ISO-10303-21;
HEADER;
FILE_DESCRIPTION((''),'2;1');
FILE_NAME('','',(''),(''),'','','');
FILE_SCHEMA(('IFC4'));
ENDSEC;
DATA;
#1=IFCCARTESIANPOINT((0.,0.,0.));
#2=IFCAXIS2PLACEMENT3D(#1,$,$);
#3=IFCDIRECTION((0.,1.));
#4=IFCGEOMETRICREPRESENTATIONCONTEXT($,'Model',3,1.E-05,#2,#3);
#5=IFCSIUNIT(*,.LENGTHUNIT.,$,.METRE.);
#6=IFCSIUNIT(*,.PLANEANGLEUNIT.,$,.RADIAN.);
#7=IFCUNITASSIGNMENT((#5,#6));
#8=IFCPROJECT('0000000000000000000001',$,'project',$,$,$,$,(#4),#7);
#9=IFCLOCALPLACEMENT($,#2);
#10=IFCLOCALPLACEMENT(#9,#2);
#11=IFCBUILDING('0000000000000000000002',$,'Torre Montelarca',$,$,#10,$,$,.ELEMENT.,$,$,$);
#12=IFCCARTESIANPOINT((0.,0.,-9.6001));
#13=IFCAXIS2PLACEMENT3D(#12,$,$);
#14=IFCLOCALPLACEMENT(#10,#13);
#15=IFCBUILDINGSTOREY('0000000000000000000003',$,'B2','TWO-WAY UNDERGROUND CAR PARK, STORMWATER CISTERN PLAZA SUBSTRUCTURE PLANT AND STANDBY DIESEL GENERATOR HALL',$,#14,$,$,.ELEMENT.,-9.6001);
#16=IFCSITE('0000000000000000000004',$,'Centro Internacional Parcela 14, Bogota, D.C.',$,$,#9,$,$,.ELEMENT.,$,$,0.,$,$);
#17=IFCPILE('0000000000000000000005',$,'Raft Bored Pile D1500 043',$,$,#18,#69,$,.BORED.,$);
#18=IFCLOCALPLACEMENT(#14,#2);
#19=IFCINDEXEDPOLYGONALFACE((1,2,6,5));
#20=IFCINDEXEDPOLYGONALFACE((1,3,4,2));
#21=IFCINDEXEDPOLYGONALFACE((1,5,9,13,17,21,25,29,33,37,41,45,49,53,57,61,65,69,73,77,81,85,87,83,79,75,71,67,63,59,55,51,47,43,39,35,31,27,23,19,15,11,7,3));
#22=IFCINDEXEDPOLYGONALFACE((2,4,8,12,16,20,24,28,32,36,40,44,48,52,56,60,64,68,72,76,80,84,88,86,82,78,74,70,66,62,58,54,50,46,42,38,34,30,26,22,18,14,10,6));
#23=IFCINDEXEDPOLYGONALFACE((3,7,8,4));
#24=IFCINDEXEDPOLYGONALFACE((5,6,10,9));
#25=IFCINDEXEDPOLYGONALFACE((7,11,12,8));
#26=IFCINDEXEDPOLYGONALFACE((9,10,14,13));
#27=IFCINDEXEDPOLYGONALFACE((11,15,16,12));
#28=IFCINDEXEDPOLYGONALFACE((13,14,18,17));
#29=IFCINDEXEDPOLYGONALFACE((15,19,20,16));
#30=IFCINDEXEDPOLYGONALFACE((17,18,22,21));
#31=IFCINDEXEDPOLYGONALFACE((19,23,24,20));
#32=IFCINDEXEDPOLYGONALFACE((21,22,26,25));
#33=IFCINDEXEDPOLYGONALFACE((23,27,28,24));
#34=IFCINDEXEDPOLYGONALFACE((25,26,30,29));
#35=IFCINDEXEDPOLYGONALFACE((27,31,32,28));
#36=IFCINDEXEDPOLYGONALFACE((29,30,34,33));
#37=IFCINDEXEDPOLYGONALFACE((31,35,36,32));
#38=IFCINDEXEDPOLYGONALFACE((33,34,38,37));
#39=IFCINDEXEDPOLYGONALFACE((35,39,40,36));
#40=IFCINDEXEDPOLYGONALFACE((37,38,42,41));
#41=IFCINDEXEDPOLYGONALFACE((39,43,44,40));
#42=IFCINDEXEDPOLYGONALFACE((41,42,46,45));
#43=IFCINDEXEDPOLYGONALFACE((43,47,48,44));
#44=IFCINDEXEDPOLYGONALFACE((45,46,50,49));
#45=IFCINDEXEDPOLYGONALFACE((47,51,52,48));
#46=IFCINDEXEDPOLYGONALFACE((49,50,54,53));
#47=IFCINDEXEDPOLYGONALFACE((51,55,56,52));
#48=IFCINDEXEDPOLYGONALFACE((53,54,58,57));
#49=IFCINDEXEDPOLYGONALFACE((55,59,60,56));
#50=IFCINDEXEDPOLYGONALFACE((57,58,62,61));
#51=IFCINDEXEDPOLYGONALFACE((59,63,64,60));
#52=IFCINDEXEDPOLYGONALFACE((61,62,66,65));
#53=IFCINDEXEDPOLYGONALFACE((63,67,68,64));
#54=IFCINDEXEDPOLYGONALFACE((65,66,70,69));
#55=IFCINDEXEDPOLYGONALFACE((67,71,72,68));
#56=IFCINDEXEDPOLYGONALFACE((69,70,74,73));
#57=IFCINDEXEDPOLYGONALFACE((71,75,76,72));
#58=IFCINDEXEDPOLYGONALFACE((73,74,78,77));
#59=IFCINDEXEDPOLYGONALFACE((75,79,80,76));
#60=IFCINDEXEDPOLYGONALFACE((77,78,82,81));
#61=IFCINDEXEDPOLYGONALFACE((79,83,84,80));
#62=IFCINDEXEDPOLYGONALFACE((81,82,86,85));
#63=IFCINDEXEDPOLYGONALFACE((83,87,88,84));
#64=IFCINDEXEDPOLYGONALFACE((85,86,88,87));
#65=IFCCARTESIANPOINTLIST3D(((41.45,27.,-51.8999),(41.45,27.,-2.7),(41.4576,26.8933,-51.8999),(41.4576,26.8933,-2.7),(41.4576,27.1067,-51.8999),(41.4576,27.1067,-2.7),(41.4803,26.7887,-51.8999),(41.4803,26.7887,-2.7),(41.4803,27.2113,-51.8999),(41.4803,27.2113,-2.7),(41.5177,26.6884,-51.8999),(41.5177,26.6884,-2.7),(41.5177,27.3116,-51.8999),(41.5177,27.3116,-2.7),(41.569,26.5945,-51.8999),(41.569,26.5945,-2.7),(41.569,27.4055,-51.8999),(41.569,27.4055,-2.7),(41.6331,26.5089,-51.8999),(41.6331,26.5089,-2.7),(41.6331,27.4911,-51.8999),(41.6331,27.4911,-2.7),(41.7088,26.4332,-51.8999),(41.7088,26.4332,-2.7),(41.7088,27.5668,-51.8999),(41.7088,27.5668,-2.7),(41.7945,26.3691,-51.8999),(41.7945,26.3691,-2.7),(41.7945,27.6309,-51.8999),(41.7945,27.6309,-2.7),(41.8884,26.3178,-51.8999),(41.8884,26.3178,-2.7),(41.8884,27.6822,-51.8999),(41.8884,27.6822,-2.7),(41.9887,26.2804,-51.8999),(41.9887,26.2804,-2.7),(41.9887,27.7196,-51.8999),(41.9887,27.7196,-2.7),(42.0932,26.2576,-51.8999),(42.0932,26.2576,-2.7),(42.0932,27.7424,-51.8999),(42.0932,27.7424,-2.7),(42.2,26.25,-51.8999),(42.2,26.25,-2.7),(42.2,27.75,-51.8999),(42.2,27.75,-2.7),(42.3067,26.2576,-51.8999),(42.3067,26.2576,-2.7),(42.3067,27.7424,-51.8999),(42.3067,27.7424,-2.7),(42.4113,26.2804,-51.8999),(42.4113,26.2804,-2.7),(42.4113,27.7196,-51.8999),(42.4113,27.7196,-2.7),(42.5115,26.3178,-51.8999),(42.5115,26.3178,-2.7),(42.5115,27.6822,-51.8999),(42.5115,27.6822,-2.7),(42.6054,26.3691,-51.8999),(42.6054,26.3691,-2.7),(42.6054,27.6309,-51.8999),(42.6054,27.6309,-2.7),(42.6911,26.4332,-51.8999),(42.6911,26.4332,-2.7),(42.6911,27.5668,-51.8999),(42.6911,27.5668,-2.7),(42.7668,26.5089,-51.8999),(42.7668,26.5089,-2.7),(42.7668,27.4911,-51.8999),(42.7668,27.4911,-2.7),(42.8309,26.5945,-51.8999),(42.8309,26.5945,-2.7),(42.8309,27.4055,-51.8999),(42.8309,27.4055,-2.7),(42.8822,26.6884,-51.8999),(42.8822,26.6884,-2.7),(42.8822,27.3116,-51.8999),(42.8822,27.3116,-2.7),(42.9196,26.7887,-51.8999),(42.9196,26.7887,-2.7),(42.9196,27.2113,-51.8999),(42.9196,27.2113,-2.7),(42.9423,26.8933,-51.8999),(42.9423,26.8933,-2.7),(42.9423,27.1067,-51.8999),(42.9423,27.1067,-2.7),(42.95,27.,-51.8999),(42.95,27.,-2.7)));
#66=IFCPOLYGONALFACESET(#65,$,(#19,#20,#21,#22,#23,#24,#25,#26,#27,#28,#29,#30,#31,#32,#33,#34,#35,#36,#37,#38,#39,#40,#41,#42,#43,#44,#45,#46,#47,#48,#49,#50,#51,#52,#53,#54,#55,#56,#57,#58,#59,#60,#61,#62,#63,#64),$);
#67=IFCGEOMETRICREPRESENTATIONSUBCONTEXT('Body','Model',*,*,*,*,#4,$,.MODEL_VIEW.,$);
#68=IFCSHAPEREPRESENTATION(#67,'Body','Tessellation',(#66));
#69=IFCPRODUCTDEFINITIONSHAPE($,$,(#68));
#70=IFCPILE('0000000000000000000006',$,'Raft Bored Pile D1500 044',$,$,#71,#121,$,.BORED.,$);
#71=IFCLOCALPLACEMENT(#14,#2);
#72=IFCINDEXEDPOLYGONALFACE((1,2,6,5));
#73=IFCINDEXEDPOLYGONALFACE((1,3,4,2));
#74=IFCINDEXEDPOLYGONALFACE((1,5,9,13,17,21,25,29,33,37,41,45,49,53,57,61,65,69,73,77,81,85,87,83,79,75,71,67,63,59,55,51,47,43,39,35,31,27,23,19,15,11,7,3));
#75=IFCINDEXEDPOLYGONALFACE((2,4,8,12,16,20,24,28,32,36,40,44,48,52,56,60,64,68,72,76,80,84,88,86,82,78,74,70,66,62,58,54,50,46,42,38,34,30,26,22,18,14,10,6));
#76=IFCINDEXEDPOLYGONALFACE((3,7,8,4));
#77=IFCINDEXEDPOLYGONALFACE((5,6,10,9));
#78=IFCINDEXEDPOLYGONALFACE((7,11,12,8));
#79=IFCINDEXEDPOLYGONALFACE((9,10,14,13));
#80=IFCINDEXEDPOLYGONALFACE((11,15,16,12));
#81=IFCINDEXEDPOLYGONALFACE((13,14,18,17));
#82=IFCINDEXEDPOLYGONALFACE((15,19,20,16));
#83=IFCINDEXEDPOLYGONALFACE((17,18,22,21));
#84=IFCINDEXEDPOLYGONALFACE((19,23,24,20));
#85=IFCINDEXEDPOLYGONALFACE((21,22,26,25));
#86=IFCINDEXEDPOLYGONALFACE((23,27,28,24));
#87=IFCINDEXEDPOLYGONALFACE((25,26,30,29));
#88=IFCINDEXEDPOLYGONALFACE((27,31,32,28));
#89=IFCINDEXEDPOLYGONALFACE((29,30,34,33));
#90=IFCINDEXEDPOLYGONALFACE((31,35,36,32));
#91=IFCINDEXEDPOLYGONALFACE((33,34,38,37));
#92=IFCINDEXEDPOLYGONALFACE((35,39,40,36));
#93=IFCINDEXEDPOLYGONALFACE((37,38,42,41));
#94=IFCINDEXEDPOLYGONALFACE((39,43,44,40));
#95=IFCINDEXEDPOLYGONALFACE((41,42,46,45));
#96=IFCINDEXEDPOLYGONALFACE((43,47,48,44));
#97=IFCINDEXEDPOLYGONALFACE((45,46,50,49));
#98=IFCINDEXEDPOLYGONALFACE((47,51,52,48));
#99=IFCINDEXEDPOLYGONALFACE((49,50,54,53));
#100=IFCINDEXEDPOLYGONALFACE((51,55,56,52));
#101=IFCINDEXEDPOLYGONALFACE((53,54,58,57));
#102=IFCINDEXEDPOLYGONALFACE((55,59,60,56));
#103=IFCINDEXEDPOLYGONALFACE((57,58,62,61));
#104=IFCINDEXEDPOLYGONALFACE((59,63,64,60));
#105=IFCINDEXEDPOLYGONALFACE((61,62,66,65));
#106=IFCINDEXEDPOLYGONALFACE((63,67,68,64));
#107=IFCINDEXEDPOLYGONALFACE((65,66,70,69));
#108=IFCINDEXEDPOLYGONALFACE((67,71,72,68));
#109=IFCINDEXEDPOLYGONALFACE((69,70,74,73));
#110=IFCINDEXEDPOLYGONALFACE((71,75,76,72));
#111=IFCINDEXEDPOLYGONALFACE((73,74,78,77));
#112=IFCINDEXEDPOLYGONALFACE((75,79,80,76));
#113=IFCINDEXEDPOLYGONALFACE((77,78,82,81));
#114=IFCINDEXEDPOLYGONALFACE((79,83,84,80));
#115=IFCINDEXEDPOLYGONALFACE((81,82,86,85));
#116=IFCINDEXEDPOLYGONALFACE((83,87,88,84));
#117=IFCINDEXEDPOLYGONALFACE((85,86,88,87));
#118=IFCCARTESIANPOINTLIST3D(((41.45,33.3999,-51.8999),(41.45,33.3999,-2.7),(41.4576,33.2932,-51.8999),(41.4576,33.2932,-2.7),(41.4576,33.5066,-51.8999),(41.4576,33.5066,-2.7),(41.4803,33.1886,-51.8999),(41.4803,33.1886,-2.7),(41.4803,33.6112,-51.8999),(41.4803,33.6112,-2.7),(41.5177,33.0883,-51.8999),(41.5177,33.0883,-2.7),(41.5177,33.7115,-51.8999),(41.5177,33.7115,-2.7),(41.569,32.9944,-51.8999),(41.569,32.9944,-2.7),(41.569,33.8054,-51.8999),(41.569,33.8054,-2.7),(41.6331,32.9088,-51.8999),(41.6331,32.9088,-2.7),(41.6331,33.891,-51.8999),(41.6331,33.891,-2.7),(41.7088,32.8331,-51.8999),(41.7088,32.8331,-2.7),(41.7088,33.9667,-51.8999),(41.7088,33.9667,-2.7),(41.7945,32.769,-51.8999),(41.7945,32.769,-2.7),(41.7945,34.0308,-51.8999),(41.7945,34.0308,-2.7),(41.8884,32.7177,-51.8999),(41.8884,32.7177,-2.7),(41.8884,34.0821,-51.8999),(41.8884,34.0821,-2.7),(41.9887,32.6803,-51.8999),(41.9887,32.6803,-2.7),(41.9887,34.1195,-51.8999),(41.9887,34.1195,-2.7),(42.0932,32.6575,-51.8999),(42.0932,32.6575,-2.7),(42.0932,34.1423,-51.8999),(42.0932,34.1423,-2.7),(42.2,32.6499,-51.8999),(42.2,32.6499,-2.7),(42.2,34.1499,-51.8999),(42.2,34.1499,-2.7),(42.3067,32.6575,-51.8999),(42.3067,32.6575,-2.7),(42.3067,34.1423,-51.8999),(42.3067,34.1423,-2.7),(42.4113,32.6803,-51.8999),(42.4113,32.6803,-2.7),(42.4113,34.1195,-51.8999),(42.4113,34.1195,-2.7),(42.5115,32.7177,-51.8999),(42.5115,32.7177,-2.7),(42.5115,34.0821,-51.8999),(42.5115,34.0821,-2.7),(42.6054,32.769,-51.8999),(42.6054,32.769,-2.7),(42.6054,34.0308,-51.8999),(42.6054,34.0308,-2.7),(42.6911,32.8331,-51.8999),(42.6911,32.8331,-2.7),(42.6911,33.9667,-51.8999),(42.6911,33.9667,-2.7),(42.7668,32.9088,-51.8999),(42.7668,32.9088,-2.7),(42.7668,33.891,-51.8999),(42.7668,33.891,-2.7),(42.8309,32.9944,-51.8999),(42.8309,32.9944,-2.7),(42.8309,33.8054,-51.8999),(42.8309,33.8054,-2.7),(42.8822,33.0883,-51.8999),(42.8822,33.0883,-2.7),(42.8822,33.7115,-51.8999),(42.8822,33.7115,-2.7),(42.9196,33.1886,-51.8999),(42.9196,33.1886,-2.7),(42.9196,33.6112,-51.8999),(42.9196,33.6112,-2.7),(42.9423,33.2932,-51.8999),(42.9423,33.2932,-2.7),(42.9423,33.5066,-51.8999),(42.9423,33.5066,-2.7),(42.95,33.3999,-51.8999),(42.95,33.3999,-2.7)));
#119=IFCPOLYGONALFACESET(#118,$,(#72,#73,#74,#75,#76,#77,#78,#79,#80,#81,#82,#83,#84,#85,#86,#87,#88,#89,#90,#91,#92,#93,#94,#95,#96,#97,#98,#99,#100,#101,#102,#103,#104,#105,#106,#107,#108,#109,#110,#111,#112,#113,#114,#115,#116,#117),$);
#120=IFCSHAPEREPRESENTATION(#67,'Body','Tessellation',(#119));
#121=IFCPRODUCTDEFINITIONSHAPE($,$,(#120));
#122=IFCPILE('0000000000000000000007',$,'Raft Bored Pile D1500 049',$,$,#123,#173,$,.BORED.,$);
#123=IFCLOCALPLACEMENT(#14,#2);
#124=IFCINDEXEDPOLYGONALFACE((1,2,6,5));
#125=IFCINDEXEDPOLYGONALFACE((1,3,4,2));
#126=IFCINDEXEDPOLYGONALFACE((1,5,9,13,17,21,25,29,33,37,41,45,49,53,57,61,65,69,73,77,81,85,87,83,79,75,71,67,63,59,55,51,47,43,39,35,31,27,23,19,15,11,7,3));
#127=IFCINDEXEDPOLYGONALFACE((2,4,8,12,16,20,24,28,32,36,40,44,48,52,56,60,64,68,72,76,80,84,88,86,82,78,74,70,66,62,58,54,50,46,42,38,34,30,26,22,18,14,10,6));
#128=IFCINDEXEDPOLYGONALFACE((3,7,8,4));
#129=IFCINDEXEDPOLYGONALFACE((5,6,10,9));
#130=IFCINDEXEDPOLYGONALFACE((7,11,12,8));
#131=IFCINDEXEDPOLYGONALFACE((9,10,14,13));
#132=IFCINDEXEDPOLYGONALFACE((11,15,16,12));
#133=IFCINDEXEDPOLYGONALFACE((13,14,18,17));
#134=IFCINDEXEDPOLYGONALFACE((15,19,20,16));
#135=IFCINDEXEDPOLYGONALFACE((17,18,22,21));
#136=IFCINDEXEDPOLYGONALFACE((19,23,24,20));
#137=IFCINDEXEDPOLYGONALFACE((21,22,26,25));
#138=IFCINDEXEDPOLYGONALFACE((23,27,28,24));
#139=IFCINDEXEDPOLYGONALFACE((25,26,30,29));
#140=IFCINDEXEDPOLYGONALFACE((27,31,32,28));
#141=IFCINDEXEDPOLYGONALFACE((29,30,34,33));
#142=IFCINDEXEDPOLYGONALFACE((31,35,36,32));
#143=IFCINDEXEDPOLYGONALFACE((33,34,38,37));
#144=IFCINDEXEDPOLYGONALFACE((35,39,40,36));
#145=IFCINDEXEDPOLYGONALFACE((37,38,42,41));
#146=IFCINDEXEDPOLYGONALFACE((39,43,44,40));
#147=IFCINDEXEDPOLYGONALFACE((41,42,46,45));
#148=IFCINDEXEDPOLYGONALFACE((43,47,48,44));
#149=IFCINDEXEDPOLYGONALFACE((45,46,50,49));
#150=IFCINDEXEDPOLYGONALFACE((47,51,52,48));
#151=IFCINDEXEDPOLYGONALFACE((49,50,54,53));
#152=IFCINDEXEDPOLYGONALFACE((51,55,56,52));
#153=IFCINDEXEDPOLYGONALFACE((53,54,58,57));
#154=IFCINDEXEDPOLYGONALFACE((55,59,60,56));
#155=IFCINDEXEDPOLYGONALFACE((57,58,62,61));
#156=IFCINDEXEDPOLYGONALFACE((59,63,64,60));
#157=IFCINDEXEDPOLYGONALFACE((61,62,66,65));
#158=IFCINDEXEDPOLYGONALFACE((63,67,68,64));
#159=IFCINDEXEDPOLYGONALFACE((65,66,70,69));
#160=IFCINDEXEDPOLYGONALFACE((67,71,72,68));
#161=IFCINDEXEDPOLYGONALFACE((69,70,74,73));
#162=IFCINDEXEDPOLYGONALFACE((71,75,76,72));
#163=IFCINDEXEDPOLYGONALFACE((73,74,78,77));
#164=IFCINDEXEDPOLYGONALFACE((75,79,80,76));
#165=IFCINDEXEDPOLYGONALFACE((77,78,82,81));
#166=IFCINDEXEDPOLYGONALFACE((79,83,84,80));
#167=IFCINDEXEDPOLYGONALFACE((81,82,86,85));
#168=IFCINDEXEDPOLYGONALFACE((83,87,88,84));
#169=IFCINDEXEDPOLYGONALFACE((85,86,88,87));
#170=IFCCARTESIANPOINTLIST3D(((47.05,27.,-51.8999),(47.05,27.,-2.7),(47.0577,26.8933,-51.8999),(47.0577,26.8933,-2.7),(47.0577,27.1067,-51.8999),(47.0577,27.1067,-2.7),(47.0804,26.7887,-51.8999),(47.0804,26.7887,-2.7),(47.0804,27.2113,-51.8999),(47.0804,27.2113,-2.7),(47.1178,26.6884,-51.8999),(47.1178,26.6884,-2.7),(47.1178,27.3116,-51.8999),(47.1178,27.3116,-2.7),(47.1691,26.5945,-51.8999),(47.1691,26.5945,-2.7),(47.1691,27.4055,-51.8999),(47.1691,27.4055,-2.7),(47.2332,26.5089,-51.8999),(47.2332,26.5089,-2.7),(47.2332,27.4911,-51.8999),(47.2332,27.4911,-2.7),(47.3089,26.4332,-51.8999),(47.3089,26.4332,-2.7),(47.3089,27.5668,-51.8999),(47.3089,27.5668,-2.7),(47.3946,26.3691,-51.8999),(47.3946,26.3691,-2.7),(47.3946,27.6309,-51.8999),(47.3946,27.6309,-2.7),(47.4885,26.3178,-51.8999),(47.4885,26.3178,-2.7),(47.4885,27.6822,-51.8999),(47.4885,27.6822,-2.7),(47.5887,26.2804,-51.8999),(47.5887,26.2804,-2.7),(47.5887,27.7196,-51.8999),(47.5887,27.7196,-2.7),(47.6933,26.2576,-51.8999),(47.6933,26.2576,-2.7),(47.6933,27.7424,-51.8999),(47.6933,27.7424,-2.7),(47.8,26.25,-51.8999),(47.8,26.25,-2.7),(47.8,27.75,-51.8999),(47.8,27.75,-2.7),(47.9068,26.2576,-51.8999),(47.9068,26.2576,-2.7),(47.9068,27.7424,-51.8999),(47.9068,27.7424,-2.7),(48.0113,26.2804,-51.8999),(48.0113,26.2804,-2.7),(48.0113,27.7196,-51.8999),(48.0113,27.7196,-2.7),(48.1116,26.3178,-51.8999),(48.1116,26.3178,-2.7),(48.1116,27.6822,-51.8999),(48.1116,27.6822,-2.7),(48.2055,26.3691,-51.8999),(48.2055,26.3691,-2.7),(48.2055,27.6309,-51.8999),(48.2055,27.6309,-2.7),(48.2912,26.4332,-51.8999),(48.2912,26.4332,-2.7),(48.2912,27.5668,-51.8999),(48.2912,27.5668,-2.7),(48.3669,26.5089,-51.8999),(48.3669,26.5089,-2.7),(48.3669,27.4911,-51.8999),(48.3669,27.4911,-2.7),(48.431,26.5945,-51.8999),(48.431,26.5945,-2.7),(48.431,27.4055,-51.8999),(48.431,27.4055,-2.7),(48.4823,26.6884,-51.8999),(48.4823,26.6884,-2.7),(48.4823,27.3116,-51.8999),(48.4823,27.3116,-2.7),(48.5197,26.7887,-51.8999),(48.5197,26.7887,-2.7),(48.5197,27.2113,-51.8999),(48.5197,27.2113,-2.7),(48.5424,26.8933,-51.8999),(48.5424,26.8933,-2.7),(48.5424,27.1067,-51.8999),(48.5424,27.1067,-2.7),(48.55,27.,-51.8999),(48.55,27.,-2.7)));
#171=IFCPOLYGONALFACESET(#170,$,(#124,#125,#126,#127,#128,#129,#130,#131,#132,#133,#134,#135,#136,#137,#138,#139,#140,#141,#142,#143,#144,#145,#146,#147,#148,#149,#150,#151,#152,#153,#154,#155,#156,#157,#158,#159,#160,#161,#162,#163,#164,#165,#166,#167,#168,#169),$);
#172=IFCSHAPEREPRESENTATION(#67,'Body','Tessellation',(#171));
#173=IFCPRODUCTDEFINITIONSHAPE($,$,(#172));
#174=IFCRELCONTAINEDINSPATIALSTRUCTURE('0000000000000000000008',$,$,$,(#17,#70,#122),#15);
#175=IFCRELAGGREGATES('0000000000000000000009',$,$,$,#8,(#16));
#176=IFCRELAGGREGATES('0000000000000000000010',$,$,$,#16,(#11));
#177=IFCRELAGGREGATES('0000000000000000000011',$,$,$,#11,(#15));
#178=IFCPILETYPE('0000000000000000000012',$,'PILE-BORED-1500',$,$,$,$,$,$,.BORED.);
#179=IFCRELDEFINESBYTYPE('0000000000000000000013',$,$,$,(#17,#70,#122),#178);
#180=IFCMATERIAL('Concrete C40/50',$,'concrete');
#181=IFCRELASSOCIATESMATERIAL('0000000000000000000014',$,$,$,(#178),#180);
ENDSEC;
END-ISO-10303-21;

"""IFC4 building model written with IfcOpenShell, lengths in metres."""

from ifc_helpers import new_model, si_unit, direction, frame, origin, origin_2d, place, context, subcontext, project, spatial, circle, extrude, source, transform, mapped, material, material_profile, profile_set, type_object, element, save


model = new_model("IFC4")

# Units and contexts
model_context = context("Model", 3, precision=1e-05, world=origin(), true_north=direction((0.0, 1.0)))
body_context = subcontext(model_context, "Body", "Model", "MODEL_VIEW")
ifc_project = project(units=[si_unit("LENGTHUNIT", "METRE"), si_unit("PLANEANGLEUNIT", "RADIAN")], contexts=[model_context])

# Site, building, storey
site_placement = place(None, origin())
site = spatial("IfcSite", under=ifc_project, at=site_placement, Name="Centro Internacional Parcela 14, Bogota, D.C.", CompositionType="ELEMENT", RefElevation=0.0)
building_placement = place(site_placement, origin())
building = spatial("IfcBuilding", under=site, at=building_placement, Name="Torre Montelarca", CompositionType="ELEMENT")
storey_placement = place(building_placement, frame((0.0, 0.0, -9.6001)))
storey = spatial("IfcBuildingStorey", under=building, at=storey_placement, Name="B2", Description="TWO-WAY UNDERGROUND CAR PARK, STORMWATER CISTERN PLAZA SUBSTRUCTURE PLANT AND STANDBY DIESEL GENERATOR HALL", CompositionType="ELEMENT", Elevation=-9.6001)

# Piles
ifc_material_1 = material(Name="Concrete C40/50", Category="concrete")
ifc_material_profile_1 = material_profile(ifc_material_1, circle(Radius=0.75, at=origin_2d()), Name="PILE-D1500", Category="concrete")
ifc_profile_set_1 = profile_set([ifc_material_profile_1], Name="Concrete C40/50")
pile_type_1 = type_object("IfcPileType", Name="PILE-BORED-1500", PredefinedType="BORED", material=ifc_profile_set_1)
shared_shape_1 = source(origin(), body_context, "Body", "SweptSolid", [
    extrude(circle(Radius=0.75, at=origin_2d()), origin(), (0.0, 0.0, 1.0), 49.2),
])
for number, where, z_axis, x_axis, name in (
    (1, (42.2, 27.0, -2.7), (0.0, 0.0, -1.0), (1.0, 0.0, 0.0), "Raft Bored Pile D1500 043"),
    (2, (42.2, 33.3999, -2.7), (0.0, 0.0, -1.0), (1.0, 0.0, 0.0), "Raft Bored Pile D1500 044"),
    (3, (47.8, 27.0, -2.7), (0.0, 0.0, -1.0), (1.0, 0.0, 0.0), "Raft Bored Pile D1500 049"),
):
    element("IfcPile", number, at=place(storey_placement, frame(where, z_axis=z_axis, x_axis=x_axis)), inside=storey, type_object=pile_type_1, Name=name, PredefinedType="BORED", context=body_context, shape_type="MappedRepresentation", body=[
        mapped(shared_shape_1, transform((0.0, 0.0, 0.0), scale=1.0)),
    ])

save(model, "model.ifc")
